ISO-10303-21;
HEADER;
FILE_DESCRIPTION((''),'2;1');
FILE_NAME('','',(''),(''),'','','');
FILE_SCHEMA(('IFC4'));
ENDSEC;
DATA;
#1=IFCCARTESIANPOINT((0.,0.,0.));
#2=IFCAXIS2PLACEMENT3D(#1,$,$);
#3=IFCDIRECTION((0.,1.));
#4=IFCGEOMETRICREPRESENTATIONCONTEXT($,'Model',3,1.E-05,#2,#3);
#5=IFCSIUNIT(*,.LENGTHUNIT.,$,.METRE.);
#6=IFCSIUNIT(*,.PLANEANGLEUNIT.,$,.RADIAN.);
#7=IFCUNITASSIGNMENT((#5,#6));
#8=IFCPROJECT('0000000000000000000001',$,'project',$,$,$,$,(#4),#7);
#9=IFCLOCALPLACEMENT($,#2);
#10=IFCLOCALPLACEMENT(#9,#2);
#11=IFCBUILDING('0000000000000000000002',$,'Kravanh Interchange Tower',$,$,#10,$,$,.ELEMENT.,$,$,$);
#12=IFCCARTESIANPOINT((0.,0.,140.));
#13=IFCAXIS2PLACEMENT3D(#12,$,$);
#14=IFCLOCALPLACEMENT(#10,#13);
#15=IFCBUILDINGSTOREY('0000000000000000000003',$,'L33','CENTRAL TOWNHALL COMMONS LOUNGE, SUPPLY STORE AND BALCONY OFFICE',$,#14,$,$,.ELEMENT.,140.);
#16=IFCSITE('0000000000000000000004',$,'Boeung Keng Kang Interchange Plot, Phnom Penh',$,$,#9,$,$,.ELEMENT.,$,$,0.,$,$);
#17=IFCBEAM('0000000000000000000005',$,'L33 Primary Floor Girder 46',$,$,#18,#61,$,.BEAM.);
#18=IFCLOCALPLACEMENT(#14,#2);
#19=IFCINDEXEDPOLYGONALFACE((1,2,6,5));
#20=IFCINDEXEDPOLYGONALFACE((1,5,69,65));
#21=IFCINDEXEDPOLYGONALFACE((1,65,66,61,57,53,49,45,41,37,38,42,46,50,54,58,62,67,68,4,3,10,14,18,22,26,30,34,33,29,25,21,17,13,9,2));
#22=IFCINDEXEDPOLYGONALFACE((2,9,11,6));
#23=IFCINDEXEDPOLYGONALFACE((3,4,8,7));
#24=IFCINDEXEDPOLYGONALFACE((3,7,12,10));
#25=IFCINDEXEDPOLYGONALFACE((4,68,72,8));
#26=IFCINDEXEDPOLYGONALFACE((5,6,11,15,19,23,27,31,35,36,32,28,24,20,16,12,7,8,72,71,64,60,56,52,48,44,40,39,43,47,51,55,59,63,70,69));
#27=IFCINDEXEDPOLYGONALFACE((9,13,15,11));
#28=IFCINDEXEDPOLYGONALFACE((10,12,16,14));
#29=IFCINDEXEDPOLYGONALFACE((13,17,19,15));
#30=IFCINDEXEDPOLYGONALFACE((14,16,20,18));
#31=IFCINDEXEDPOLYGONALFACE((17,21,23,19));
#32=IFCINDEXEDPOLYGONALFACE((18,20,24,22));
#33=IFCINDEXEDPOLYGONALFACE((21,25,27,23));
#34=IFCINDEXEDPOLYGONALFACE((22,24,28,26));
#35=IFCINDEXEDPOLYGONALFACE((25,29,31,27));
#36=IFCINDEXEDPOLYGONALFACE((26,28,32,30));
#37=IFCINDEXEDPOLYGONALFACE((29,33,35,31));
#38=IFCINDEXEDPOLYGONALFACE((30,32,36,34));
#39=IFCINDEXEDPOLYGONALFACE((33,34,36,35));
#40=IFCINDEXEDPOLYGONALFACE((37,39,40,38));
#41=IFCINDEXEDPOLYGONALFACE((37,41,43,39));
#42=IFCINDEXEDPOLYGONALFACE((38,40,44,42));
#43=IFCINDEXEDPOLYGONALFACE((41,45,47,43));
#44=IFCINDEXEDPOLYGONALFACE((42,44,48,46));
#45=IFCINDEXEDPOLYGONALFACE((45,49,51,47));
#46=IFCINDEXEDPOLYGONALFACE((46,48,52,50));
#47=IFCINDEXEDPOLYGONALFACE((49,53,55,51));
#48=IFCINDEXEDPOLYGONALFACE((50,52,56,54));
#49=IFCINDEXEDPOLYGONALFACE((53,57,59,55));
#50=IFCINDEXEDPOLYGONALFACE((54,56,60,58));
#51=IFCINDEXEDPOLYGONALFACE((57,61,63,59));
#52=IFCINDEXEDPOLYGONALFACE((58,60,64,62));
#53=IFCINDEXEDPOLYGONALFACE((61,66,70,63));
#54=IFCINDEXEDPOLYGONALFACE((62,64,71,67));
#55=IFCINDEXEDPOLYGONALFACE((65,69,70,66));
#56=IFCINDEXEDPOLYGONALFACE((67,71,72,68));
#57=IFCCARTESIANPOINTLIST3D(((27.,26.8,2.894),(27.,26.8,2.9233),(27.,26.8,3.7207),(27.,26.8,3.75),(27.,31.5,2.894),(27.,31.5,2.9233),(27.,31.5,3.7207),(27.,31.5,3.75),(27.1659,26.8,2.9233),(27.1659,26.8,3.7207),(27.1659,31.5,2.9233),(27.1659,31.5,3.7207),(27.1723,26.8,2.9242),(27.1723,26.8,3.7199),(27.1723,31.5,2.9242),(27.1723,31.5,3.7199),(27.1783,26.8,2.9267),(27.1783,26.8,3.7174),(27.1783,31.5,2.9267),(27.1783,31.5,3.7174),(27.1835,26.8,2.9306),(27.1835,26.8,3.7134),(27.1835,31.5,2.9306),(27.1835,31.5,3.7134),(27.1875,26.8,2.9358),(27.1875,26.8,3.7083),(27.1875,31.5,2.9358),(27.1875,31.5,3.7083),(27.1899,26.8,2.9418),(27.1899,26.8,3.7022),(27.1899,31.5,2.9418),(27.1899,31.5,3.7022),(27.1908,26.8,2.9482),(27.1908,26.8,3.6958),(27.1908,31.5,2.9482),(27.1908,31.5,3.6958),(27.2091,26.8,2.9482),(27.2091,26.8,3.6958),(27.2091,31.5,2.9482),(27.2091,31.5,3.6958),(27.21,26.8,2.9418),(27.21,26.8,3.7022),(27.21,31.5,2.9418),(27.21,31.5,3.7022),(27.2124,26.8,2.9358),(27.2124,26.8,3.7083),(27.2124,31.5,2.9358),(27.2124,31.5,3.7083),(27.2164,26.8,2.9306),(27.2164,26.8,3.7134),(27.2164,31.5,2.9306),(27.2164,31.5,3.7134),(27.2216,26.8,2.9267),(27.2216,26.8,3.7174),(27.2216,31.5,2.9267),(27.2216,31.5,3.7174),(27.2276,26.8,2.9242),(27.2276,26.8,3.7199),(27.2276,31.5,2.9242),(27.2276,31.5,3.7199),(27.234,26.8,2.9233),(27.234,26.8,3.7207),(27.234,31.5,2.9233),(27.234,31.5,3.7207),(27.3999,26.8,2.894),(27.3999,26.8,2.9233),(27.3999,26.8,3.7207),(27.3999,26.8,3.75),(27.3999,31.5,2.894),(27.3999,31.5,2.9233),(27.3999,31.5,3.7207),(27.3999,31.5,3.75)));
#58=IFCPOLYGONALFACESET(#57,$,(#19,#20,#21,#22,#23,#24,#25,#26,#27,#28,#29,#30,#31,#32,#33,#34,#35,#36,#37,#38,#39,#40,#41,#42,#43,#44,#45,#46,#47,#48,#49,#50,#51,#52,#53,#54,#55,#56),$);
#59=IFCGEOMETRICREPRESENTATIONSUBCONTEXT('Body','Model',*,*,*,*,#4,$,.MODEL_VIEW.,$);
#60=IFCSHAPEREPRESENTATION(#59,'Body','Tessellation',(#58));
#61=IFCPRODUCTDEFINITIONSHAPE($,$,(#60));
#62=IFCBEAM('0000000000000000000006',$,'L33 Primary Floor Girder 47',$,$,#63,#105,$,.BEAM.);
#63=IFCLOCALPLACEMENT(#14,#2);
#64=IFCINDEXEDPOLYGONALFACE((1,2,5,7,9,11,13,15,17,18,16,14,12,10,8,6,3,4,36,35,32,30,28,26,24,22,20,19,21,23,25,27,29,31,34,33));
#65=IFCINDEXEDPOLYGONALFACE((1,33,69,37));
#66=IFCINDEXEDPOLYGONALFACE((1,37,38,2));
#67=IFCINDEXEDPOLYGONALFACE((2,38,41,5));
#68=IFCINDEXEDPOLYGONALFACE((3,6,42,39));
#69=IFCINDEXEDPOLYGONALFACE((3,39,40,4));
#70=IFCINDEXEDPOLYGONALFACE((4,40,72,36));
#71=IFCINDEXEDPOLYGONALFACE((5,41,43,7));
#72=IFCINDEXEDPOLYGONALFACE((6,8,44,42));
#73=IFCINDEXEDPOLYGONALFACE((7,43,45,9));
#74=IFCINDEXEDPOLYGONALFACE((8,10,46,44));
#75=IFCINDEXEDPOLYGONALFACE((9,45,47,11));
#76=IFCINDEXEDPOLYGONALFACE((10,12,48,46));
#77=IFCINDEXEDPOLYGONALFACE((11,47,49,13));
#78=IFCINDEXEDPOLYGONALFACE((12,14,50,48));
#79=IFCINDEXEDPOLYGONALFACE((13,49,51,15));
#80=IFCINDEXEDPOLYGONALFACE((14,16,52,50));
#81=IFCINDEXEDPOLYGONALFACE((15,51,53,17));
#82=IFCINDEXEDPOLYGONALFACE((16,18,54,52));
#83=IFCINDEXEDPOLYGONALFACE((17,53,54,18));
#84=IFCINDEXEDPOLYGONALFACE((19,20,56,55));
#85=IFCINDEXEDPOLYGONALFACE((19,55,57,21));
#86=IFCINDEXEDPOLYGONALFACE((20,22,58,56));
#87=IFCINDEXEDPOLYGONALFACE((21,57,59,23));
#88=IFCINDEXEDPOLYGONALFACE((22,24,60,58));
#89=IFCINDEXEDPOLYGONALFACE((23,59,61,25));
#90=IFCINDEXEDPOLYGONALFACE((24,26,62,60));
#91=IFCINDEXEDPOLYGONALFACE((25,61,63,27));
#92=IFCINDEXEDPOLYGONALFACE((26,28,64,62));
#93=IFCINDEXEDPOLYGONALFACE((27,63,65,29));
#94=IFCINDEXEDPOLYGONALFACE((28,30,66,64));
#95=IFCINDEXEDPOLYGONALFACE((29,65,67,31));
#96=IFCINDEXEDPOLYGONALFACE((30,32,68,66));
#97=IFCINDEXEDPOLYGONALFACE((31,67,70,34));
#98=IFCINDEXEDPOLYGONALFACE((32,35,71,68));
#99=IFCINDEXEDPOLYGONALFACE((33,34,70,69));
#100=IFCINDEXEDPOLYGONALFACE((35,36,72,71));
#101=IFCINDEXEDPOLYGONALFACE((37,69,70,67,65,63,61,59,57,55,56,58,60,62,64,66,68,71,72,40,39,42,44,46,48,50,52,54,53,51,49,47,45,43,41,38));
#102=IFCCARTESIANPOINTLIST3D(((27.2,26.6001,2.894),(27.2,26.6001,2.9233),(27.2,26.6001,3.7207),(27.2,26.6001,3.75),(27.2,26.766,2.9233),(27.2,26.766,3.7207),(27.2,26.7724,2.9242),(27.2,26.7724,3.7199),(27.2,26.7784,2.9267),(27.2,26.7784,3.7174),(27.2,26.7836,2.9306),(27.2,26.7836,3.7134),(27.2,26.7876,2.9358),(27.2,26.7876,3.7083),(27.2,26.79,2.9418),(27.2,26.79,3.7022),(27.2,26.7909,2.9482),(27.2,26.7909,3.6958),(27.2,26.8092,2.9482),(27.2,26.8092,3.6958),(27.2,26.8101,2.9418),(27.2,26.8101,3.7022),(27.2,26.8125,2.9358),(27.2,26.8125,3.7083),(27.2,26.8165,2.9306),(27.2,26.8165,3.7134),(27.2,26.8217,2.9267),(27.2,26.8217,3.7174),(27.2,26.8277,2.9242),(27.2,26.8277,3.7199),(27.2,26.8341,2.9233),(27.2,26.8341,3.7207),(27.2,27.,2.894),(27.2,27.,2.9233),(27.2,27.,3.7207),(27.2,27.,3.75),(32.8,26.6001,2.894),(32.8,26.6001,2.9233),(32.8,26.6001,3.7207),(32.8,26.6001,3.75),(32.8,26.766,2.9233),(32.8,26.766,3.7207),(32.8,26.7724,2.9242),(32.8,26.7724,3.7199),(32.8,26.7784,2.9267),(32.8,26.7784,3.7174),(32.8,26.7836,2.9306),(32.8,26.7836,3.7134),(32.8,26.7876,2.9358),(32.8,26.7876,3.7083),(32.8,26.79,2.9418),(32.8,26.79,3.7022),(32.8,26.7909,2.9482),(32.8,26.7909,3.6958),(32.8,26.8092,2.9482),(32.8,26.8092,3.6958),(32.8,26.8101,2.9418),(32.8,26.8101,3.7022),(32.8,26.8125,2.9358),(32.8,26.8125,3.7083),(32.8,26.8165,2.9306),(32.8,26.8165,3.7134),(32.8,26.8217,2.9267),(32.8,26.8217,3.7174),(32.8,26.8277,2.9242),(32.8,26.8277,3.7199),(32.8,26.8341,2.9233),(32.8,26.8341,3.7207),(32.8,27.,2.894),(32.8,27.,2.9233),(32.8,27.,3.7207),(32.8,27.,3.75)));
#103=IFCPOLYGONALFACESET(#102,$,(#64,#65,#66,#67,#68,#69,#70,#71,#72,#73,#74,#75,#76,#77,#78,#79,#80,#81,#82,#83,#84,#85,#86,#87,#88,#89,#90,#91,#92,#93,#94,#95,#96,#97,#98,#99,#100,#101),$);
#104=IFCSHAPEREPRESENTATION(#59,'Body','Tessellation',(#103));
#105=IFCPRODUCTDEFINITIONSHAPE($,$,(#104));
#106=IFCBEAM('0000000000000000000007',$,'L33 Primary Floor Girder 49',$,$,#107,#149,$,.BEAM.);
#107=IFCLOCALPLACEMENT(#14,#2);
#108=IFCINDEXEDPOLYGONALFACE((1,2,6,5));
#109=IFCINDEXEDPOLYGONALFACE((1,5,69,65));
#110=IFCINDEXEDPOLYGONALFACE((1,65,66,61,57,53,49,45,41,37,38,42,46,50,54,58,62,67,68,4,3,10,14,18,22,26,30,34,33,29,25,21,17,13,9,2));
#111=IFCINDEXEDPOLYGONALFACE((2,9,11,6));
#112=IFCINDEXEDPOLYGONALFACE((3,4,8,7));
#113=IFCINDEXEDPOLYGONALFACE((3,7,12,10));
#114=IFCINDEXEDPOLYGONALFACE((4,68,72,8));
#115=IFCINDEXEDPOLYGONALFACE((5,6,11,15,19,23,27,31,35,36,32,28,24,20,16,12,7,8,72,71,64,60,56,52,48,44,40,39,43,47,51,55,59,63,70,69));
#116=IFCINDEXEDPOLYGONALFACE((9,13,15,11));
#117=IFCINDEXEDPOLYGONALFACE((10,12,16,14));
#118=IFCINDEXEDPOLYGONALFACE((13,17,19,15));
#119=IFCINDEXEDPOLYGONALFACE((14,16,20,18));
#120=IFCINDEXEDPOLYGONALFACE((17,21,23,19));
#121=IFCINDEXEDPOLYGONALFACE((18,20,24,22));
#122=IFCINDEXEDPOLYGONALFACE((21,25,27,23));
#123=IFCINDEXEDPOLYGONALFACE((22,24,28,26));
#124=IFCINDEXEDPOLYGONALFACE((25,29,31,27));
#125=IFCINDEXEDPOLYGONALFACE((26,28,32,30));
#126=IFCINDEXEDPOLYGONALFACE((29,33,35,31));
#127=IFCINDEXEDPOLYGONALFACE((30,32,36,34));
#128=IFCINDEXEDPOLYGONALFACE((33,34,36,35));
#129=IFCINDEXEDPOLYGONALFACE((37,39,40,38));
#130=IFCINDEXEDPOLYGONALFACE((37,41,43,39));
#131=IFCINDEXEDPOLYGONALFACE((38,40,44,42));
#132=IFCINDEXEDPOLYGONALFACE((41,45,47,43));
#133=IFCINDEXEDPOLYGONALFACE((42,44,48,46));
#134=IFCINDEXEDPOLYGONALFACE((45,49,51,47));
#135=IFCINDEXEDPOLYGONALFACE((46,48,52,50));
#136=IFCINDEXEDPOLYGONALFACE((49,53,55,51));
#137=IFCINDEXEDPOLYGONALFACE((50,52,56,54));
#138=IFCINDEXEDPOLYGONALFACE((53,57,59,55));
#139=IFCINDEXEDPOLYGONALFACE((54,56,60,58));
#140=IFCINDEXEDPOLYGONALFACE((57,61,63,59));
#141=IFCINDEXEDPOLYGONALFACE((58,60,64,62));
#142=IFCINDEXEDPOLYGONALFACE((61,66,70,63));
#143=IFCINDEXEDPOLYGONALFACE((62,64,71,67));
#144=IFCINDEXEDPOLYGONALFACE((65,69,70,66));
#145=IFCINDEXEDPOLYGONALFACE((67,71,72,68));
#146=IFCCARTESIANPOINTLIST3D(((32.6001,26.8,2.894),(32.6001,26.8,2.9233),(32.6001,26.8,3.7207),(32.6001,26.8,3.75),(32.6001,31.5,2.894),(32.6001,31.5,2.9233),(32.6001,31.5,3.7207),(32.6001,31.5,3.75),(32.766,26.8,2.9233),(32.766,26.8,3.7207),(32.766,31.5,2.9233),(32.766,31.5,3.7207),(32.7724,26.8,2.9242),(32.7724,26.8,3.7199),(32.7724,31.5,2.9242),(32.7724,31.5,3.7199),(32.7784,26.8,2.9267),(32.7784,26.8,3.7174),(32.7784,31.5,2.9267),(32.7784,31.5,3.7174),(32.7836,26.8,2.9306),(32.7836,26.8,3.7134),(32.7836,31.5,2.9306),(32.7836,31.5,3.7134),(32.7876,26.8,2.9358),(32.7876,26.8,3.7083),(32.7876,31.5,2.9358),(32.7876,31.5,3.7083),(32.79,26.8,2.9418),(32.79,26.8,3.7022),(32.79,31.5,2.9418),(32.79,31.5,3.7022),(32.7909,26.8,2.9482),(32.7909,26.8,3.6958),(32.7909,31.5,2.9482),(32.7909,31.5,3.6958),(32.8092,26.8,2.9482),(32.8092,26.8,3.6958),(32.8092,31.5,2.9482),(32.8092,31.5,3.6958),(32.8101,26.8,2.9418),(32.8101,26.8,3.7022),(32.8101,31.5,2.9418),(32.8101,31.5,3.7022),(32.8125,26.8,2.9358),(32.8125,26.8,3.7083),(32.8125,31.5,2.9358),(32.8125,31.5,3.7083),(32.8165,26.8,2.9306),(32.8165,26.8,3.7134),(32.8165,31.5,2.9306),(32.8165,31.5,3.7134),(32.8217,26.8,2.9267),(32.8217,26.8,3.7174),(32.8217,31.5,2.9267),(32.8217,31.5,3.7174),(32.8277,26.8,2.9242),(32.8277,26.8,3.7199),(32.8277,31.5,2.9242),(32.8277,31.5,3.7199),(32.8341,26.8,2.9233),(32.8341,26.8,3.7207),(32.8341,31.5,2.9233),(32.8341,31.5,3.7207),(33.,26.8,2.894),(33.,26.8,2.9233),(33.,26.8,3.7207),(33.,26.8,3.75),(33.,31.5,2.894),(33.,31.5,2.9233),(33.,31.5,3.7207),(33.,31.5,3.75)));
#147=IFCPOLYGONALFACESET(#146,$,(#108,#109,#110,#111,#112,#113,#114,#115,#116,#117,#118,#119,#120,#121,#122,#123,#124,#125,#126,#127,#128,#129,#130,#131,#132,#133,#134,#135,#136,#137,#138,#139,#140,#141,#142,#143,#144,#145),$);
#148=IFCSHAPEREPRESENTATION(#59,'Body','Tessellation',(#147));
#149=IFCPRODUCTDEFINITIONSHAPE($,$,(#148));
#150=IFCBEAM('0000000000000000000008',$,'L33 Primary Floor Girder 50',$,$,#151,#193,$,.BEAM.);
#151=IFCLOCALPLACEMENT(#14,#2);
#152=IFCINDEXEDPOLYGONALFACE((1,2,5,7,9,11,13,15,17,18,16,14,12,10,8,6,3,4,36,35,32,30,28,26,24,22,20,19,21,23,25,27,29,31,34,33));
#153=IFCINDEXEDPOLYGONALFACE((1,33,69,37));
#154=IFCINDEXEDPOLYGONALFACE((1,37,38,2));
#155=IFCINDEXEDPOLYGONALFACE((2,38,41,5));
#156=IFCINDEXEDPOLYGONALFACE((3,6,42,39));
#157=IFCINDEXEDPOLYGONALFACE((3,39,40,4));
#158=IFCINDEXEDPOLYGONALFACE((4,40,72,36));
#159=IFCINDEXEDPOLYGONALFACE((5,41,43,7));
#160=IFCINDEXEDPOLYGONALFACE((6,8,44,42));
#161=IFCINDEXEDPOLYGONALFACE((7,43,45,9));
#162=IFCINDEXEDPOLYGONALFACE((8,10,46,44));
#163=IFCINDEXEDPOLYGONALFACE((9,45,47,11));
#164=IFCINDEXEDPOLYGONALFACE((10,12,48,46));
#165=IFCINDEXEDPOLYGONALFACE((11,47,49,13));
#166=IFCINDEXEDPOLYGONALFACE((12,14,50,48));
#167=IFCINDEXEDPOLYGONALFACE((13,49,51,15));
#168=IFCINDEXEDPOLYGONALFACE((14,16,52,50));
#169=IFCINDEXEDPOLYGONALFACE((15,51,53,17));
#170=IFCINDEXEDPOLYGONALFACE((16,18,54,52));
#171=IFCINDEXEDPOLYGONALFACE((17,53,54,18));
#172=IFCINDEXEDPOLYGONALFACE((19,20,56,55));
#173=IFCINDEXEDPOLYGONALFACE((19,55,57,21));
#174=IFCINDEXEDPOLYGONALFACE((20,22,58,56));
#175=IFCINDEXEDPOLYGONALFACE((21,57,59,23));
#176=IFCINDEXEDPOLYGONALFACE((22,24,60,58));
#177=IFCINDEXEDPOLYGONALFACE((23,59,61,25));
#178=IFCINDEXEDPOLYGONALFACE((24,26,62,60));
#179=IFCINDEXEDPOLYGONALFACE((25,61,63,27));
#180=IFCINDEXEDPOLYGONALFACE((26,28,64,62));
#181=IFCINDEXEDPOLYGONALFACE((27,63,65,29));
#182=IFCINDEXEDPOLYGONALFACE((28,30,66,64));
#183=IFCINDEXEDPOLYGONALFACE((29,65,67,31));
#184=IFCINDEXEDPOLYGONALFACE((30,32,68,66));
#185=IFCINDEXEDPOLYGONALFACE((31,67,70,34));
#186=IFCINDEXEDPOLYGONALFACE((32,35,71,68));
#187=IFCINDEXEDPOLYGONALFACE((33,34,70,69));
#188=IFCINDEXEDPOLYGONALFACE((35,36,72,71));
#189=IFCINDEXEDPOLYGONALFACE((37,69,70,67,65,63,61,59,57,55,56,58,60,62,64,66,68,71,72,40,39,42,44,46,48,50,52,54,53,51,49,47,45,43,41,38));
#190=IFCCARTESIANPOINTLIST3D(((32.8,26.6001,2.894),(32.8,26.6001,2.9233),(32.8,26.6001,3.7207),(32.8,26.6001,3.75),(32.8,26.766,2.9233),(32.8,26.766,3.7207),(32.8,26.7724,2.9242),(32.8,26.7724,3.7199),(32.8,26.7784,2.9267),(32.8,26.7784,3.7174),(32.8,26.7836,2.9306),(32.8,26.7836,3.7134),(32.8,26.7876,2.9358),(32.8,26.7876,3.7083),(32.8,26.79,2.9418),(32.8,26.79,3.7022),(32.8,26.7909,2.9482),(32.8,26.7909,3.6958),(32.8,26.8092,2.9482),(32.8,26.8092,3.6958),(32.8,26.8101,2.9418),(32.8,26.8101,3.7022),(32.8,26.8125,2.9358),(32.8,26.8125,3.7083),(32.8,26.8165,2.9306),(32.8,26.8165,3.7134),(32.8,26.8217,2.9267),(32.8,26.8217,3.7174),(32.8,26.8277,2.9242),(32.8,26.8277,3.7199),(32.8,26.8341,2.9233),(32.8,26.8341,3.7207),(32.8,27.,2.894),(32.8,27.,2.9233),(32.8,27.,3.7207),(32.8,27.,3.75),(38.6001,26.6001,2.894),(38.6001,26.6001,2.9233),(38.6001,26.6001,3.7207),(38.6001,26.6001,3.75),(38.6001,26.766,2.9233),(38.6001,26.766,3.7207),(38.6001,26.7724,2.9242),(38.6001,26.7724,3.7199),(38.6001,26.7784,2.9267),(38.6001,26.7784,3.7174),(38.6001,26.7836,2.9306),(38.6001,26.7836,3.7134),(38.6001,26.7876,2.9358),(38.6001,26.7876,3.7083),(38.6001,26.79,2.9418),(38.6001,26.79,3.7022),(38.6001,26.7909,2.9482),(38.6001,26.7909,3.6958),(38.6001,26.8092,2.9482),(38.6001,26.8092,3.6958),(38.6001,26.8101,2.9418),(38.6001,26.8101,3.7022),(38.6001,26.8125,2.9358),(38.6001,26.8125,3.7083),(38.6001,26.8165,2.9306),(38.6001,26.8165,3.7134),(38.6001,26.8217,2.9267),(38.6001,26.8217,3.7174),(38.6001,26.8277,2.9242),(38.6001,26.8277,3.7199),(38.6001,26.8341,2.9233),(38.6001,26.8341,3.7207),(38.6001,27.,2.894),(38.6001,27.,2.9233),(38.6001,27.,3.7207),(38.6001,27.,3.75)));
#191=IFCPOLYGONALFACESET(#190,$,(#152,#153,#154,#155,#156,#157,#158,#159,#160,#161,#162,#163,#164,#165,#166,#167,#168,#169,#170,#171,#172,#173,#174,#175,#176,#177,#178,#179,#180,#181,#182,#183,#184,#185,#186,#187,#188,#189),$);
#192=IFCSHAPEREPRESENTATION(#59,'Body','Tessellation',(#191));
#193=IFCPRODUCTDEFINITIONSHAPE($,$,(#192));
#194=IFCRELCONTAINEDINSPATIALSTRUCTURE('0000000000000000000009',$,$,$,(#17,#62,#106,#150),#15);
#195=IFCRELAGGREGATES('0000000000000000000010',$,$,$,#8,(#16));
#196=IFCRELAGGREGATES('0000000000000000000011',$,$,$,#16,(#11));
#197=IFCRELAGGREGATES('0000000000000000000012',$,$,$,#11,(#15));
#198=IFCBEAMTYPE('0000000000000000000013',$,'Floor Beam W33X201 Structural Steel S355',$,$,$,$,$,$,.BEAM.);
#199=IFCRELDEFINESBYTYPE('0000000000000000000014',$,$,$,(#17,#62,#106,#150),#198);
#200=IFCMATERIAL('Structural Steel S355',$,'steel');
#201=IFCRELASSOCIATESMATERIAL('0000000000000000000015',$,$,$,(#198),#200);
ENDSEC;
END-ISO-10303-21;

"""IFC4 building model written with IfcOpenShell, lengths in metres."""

from ifc_helpers import new_model, si_unit, direction, frame, origin, origin_2d, place, context, subcontext, project, spatial, i_section, extrude, material, material_profile, profile_set, type_object, element, save


model = new_model("IFC4")

# Units and contexts
model_context = context("Model", 3, precision=1e-05, world=origin(), true_north=direction((0.0, 1.0)))
body_context = subcontext(model_context, "Body", "Model", "MODEL_VIEW")
ifc_project = project(units=[si_unit("LENGTHUNIT", "METRE"), si_unit("PLANEANGLEUNIT", "RADIAN")], contexts=[model_context])

# Site, building, storey
site_placement = place(None, origin())
site = spatial("IfcSite", under=ifc_project, at=site_placement, Name="Boeung Keng Kang Interchange Plot, Phnom Penh", CompositionType="ELEMENT", RefElevation=0.0)
building_placement = place(site_placement, origin())
building = spatial("IfcBuilding", under=site, at=building_placement, Name="Kravanh Interchange Tower", CompositionType="ELEMENT")
storey_placement = place(building_placement, frame((0.0, 0.0, 140.0)))
storey = spatial("IfcBuildingStorey", under=building, at=storey_placement, Name="L33", Description="CENTRAL TOWNHALL COMMONS LOUNGE, SUPPLY STORE AND BALCONY OFFICE", CompositionType="ELEMENT", Elevation=140.0)

# Beams
ifc_material_1 = material(Name="Structural Steel S355", Category="steel")
ifc_material_profile_1 = material_profile(ifc_material_1, i_section(OverallWidth=0.3999, OverallDepth=0.856, WebThickness=0.0183, FlangeThickness=0.0293, FilletRadius=0.0249, at=origin_2d()), Name="W33X201")
ifc_profile_set_1 = profile_set([ifc_material_profile_1], Name="Structural Steel S355")
beam_type_1 = type_object("IfcBeamType", Name="Floor Beam W33X201 Structural Steel S355", PredefinedType="BEAM", material=ifc_profile_set_1)
beam_1_placement = place(storey_placement, frame((27.2, 26.8, 3.322), z_axis=(0.0, 1.0, 0.0), x_axis=(-1.0, 0.0, 0.0)))
element("IfcBeam", 1, at=beam_1_placement, inside=storey, type_object=beam_type_1, Name="L33 Primary Floor Girder 46", PredefinedType="BEAM", context=body_context, shape_type="SweptSolid", body=[
    extrude(i_section(OverallWidth=0.3999, OverallDepth=0.856, WebThickness=0.0183, FlangeThickness=0.0293, FilletRadius=0.0249, at=origin_2d()), origin(), (0.0, 0.0, 1.0), 4.7),
])
beam_2_placement = place(storey_placement, frame((27.2, 26.8, 3.322), z_axis=(1.0, 0.0, 0.0), x_axis=(0.0, 1.0, 0.0)))
element("IfcBeam", 2, at=beam_2_placement, inside=storey, type_object=beam_type_1, Name="L33 Primary Floor Girder 47", PredefinedType="BEAM", context=body_context, shape_type="SweptSolid", body=[
    extrude(i_section(OverallWidth=0.3999, OverallDepth=0.856, WebThickness=0.0183, FlangeThickness=0.0293, FilletRadius=0.0249, at=origin_2d()), origin(), (0.0, 0.0, 1.0), 5.6001),
])
beam_3_placement = place(storey_placement, frame((32.8, 26.8, 3.322), z_axis=(0.0, 1.0, 0.0), x_axis=(-1.0, 0.0, 0.0)))
element("IfcBeam", 3, at=beam_3_placement, inside=storey, type_object=beam_type_1, Name="L33 Primary Floor Girder 49", PredefinedType="BEAM", context=body_context, shape_type="SweptSolid", body=[
    extrude(i_section(OverallWidth=0.3999, OverallDepth=0.856, WebThickness=0.0183, FlangeThickness=0.0293, FilletRadius=0.0249, at=origin_2d()), origin(), (0.0, 0.0, 1.0), 4.7),
])
beam_4_placement = place(storey_placement, frame((32.8, 26.8, 3.322), z_axis=(1.0, 0.0, 0.0), x_axis=(0.0, 1.0, 0.0)))
element("IfcBeam", 4, at=beam_4_placement, inside=storey, type_object=beam_type_1, Name="L33 Primary Floor Girder 50", PredefinedType="BEAM", context=body_context, shape_type="SweptSolid", body=[
    extrude(i_section(OverallWidth=0.3999, OverallDepth=0.856, WebThickness=0.0183, FlangeThickness=0.0293, FilletRadius=0.0249, at=origin_2d()), origin(), (0.0, 0.0, 1.0), 5.8),
])

save(model, "model.ifc")
